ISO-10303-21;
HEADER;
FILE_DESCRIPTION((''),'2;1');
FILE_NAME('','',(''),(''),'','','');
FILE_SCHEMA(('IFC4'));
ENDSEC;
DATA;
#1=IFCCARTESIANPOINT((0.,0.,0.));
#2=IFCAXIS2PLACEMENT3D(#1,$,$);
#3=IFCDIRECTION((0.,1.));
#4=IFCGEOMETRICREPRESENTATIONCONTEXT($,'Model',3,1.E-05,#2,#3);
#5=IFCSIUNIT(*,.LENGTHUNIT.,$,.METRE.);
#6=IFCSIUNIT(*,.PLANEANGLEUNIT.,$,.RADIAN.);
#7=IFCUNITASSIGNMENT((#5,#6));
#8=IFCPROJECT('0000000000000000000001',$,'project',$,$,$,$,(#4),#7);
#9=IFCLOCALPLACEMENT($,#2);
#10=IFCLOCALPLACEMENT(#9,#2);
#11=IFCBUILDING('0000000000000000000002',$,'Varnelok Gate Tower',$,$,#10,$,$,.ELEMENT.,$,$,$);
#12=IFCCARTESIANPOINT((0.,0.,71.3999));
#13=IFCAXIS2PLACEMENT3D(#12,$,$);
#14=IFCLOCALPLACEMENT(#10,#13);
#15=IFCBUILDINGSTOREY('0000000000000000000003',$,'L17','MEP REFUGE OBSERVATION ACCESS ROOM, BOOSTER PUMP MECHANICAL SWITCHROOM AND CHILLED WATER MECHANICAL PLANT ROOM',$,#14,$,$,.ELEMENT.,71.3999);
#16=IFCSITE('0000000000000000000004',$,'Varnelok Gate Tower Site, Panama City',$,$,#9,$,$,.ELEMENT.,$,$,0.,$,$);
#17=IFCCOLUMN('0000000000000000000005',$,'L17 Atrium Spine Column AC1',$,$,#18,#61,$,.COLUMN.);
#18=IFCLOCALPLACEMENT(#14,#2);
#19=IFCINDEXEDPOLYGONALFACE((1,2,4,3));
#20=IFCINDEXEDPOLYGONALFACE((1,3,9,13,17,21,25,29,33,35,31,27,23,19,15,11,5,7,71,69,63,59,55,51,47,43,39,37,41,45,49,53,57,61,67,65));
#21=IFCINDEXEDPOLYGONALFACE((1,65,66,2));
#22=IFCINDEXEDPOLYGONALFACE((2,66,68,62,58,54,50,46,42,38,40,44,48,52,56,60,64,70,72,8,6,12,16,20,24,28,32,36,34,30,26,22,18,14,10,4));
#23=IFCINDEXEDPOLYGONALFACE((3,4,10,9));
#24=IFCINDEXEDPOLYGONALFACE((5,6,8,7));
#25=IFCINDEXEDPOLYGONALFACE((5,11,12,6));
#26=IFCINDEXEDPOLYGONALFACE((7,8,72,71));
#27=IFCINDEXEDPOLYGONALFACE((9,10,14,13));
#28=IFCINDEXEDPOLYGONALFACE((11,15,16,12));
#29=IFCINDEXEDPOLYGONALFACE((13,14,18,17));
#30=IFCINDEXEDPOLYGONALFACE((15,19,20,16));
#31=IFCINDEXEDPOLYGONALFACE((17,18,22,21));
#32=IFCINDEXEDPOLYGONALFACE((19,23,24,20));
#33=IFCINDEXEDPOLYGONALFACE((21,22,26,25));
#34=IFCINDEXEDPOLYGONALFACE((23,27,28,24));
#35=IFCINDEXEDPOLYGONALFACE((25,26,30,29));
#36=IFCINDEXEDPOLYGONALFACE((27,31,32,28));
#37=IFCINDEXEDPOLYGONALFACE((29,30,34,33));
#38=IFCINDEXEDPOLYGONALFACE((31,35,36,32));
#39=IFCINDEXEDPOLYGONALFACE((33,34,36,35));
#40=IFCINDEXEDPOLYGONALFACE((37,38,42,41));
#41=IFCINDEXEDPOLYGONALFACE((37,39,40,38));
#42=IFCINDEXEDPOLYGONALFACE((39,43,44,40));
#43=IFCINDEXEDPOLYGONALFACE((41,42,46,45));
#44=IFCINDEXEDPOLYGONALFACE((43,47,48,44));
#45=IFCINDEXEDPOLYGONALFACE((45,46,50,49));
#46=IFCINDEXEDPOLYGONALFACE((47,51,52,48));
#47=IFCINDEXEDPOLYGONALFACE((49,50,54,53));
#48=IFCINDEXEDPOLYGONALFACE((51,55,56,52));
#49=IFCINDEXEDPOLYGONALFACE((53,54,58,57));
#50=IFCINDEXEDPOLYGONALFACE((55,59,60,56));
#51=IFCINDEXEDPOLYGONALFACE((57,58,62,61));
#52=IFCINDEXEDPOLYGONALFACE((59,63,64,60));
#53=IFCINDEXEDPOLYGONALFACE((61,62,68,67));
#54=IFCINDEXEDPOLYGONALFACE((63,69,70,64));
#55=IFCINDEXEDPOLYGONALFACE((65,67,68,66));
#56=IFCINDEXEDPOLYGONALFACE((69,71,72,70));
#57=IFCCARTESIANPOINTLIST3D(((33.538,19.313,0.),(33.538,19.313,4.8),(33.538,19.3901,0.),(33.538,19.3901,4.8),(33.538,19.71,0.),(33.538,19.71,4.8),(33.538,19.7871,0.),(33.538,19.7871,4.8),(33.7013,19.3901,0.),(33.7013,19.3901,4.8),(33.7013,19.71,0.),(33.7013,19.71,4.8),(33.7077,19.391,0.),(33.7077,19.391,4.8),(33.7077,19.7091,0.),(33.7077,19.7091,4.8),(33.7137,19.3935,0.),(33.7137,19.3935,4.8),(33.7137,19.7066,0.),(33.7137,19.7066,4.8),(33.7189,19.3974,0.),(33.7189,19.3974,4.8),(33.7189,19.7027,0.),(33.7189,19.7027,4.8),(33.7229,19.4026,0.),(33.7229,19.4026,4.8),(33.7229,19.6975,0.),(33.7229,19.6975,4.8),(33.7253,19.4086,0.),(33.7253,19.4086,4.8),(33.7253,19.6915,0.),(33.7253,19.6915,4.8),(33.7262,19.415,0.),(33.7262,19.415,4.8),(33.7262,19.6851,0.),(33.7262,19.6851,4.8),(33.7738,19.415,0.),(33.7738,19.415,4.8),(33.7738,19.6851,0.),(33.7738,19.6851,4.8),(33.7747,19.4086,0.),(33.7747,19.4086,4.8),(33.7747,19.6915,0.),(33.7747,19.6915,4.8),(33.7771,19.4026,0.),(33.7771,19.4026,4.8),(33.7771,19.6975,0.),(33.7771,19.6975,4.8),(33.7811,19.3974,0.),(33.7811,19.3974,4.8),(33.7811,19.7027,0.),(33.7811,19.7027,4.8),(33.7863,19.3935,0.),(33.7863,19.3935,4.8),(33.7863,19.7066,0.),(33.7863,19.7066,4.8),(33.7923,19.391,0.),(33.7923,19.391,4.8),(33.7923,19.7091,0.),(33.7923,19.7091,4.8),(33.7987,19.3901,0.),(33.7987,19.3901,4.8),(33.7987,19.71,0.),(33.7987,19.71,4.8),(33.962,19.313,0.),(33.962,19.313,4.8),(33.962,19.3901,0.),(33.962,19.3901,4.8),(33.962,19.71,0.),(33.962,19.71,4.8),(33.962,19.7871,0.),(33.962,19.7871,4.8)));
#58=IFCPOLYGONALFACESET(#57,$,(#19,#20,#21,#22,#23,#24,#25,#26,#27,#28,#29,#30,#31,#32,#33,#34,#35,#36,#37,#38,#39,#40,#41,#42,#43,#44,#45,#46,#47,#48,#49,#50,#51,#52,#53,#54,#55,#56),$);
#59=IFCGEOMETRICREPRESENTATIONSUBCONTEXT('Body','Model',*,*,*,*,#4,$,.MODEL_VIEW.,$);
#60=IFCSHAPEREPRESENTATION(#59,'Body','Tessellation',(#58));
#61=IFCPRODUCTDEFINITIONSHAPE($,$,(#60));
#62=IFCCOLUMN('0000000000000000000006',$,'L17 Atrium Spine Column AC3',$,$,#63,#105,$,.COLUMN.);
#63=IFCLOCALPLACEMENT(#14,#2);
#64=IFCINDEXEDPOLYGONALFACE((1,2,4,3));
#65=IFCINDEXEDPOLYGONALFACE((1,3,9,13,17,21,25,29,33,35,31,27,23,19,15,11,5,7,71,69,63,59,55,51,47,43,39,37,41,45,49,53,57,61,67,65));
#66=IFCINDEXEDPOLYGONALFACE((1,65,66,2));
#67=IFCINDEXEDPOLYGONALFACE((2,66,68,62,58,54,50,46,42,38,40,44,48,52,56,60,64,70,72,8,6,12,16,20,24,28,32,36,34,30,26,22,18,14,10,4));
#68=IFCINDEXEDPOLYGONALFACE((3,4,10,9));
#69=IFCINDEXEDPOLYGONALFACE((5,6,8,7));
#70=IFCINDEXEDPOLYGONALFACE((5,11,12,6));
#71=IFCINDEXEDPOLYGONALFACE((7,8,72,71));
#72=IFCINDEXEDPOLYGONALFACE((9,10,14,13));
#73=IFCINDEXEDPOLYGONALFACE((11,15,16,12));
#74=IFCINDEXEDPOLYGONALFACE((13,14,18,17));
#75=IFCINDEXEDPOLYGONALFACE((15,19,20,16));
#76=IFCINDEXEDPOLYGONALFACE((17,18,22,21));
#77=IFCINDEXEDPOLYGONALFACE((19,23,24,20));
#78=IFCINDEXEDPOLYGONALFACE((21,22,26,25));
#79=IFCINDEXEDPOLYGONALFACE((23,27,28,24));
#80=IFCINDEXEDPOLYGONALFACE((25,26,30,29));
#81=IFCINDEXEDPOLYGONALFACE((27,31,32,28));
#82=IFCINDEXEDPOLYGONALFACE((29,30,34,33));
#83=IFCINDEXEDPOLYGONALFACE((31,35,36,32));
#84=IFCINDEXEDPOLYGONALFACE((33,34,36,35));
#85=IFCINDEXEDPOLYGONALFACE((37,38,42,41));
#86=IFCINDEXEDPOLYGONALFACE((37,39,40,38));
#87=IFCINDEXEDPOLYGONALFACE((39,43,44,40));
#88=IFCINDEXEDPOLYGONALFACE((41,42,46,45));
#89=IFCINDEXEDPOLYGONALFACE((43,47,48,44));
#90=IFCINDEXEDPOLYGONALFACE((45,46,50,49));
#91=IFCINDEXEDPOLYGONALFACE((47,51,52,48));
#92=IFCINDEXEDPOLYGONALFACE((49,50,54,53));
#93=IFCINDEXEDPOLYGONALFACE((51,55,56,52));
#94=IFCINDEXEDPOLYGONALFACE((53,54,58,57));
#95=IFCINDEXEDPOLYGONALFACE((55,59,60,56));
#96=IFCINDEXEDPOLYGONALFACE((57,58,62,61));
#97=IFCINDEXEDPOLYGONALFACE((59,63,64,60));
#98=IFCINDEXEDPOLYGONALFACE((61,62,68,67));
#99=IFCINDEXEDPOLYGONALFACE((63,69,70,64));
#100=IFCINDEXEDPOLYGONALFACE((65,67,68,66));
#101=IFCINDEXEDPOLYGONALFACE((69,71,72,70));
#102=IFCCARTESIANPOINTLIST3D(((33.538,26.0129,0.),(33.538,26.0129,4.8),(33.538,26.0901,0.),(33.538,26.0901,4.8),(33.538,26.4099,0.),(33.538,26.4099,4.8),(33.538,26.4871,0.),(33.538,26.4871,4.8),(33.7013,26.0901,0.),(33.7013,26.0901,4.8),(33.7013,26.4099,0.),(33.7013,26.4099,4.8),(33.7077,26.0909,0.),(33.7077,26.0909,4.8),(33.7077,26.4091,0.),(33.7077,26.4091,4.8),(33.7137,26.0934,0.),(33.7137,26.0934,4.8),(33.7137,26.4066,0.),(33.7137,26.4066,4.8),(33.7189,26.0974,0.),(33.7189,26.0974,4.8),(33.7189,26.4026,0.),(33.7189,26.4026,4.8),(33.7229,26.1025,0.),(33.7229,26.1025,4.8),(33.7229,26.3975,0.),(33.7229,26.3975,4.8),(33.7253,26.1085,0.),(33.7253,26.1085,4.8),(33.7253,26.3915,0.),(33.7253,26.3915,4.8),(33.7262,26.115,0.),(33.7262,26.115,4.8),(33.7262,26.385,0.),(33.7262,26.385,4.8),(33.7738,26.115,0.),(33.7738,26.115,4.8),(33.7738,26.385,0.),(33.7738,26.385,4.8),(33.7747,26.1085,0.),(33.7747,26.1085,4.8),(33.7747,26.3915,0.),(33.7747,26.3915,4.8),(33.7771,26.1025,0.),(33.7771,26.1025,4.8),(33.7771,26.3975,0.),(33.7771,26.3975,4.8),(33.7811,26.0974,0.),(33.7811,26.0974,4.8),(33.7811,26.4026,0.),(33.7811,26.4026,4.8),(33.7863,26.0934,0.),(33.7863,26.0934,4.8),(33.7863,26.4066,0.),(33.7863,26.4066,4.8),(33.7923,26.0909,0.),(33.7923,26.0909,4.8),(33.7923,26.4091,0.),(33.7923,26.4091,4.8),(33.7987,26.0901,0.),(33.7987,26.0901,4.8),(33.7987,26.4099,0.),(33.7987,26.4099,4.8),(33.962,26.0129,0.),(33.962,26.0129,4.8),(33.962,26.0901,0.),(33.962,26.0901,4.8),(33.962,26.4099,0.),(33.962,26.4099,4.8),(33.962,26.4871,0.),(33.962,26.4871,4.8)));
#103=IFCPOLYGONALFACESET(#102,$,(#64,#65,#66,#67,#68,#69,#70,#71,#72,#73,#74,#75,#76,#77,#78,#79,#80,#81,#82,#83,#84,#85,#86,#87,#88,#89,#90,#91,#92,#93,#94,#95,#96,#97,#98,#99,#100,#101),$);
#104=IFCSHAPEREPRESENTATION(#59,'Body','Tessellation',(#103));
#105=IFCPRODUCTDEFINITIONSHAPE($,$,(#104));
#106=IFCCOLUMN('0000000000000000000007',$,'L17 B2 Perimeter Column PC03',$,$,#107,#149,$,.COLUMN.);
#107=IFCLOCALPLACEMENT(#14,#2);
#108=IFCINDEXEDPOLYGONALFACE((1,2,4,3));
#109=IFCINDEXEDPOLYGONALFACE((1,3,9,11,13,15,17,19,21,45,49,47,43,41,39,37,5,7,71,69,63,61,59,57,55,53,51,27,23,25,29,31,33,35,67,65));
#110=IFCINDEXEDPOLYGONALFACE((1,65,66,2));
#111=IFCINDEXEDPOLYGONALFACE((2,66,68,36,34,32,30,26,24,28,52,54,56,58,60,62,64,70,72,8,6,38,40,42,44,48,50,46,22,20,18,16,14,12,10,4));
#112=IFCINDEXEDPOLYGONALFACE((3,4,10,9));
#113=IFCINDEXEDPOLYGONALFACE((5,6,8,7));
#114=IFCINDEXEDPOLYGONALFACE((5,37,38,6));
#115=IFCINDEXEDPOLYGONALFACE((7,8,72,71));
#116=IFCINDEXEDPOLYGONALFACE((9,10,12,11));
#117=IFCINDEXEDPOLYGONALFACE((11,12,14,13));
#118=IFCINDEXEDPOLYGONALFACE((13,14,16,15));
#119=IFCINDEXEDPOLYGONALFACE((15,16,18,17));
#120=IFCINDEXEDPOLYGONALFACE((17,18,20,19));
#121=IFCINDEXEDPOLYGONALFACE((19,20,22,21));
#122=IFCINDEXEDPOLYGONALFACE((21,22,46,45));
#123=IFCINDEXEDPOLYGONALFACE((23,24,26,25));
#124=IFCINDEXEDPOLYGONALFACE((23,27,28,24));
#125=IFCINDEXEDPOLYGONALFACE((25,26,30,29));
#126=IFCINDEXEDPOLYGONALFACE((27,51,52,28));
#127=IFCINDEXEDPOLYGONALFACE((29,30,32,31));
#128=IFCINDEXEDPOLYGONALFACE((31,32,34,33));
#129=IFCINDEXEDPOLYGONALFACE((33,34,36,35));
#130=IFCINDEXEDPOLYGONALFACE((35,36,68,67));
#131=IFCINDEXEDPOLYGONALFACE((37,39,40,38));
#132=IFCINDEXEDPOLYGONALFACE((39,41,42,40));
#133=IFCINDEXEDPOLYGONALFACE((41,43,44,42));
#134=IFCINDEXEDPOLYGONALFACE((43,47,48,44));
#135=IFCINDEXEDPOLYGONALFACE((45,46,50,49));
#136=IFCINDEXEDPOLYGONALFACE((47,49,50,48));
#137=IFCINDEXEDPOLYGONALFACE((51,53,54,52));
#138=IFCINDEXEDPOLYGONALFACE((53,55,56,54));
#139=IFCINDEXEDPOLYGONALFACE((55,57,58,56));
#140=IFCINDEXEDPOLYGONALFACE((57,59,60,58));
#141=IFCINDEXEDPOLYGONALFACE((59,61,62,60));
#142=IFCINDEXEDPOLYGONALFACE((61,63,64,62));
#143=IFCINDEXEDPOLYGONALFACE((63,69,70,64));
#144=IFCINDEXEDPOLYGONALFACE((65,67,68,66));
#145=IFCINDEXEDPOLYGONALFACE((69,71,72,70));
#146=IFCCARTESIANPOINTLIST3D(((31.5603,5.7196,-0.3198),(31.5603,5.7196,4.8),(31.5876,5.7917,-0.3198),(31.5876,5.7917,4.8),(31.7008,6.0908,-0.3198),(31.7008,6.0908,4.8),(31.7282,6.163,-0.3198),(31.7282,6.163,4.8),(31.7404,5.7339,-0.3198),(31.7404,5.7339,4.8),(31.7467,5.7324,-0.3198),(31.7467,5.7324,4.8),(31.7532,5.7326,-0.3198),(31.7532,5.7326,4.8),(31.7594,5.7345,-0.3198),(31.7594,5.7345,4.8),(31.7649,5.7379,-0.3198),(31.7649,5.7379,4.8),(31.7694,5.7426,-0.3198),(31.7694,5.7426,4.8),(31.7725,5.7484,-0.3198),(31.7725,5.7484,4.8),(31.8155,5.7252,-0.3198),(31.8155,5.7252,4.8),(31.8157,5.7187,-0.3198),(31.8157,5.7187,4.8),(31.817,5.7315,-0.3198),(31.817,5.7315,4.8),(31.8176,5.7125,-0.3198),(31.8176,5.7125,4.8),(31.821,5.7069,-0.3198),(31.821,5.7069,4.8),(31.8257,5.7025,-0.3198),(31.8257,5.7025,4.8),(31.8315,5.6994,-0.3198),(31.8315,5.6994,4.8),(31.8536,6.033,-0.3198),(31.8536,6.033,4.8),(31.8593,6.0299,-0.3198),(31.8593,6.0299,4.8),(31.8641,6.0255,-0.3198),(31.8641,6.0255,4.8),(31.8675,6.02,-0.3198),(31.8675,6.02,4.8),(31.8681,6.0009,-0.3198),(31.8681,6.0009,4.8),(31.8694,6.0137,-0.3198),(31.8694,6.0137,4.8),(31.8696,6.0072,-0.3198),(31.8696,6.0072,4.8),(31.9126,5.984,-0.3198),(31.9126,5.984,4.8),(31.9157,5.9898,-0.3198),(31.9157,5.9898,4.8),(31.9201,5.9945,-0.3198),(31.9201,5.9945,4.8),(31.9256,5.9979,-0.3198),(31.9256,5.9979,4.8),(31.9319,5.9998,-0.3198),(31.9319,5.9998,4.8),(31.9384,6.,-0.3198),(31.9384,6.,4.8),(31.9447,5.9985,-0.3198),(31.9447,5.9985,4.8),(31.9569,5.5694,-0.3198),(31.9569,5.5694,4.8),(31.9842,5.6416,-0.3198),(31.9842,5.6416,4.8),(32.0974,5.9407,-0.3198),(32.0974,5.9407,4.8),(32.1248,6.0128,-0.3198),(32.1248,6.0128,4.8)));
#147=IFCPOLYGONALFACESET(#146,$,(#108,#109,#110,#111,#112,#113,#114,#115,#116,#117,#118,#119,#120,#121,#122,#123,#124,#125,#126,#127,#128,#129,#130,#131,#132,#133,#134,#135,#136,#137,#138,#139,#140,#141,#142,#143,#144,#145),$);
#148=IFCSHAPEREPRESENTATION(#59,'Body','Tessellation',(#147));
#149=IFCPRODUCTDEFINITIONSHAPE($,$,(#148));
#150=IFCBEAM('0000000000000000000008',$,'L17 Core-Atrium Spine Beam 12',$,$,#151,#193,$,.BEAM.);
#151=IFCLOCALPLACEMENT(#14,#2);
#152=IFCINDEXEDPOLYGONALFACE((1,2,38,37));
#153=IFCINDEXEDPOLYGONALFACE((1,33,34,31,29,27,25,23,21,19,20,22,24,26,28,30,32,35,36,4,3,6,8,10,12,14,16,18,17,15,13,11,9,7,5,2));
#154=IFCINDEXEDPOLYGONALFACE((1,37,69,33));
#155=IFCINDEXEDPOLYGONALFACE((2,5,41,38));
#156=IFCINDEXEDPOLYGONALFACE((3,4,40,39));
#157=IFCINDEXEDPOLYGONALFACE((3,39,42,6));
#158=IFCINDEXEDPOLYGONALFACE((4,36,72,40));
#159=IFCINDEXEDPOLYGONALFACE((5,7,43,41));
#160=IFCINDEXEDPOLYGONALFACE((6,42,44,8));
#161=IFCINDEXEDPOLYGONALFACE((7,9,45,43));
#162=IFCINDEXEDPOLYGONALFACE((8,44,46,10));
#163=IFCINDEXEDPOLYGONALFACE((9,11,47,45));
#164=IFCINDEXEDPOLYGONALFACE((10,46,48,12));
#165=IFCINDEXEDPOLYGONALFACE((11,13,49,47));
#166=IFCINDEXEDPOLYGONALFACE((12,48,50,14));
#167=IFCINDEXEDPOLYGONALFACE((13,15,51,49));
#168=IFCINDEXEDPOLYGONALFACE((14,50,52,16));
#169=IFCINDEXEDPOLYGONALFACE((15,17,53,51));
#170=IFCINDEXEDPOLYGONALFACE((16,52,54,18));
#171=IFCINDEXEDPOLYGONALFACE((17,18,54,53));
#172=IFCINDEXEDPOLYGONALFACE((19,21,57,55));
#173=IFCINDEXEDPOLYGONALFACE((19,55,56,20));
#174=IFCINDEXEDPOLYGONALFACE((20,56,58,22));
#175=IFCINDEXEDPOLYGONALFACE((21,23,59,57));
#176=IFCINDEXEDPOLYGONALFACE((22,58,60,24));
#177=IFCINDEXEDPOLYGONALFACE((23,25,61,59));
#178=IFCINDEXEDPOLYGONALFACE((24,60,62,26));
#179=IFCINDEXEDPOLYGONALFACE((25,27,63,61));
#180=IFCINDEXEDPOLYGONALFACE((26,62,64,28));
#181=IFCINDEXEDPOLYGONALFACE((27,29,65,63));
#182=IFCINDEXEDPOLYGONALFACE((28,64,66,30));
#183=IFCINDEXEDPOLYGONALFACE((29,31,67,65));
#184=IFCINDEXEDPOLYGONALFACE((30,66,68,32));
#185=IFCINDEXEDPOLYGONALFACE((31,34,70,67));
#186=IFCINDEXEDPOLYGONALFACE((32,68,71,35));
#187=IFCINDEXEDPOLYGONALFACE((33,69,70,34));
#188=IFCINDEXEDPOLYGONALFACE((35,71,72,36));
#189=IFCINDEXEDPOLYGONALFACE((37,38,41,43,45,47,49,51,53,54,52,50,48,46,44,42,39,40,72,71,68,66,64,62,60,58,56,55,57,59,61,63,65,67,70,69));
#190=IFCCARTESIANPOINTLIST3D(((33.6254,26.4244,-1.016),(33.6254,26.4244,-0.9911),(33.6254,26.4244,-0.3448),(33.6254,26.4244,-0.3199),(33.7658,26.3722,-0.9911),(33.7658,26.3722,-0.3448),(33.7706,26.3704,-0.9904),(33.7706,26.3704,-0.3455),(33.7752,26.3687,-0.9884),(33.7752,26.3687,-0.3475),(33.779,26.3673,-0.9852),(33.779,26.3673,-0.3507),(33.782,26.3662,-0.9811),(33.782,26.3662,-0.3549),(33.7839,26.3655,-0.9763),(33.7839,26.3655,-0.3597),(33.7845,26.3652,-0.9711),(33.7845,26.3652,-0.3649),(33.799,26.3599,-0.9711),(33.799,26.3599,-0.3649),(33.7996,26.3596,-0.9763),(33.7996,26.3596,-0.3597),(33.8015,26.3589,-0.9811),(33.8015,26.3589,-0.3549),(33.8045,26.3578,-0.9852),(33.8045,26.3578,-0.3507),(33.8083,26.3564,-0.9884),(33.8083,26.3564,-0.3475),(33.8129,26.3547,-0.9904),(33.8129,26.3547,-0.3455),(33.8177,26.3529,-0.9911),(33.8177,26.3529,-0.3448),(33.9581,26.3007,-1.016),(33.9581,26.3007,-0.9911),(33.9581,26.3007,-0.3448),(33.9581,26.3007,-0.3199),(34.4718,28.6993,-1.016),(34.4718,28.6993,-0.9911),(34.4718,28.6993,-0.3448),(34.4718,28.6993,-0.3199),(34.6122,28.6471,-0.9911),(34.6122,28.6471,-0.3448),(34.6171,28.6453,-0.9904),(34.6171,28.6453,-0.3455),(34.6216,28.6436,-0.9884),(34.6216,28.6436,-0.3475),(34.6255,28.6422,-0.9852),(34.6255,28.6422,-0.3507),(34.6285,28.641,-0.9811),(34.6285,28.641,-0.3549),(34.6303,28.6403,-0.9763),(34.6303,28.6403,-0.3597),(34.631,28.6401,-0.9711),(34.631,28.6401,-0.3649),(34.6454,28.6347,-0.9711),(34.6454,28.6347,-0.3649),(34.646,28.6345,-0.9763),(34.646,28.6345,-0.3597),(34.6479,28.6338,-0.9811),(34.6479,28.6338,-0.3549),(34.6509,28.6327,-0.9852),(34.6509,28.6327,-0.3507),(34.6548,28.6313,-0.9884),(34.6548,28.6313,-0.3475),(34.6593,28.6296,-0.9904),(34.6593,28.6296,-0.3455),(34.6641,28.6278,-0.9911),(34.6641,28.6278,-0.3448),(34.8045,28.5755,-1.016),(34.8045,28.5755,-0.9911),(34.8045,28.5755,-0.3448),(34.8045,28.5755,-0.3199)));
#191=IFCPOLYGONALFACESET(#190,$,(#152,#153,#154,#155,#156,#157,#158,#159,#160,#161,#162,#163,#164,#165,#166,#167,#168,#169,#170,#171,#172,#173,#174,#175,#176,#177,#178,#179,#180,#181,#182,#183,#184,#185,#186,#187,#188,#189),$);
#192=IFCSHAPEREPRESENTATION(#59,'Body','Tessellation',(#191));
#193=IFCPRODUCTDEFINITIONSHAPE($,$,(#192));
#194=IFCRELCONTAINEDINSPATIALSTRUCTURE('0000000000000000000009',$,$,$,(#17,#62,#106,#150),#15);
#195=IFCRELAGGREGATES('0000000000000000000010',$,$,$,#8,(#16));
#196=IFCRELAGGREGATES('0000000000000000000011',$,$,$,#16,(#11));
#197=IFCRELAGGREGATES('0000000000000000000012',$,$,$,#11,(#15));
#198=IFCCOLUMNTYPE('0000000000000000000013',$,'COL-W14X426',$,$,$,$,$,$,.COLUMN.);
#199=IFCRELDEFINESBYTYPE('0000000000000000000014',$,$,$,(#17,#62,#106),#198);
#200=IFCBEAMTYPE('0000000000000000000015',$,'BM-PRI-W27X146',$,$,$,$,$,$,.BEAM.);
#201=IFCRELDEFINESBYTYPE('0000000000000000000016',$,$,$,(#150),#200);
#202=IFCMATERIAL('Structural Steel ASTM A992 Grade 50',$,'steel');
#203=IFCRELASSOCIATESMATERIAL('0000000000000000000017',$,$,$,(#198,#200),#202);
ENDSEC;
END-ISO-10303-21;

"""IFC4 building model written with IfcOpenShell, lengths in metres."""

from ifc_helpers import new_model, si_unit, direction, frame, origin, origin_2d, place, context, subcontext, project, spatial, i_section, extrude, material, material_profile, profile_set, type_object, element, save


model = new_model("IFC4")

# Units and contexts
model_context = context("Model", 3, precision=1e-05, world=origin(), true_north=direction((0.0, 1.0)))
body_context = subcontext(model_context, "Body", "Model", "MODEL_VIEW")
ifc_project = project(units=[si_unit("LENGTHUNIT", "METRE"), si_unit("PLANEANGLEUNIT", "RADIAN")], contexts=[model_context])

# Site, building, storey
site_placement = place(None, origin())
site = spatial("IfcSite", under=ifc_project, at=site_placement, Name="Varnelok Gate Tower Site, Panama City", CompositionType="ELEMENT", RefElevation=0.0)
building_placement = place(site_placement, origin())
building = spatial("IfcBuilding", under=site, at=building_placement, Name="Varnelok Gate Tower", CompositionType="ELEMENT")
storey_placement = place(building_placement, frame((0.0, 0.0, 71.3999)))
storey = spatial("IfcBuildingStorey", under=building, at=storey_placement, Name="L17", Description="MEP REFUGE OBSERVATION ACCESS ROOM, BOOSTER PUMP MECHANICAL SWITCHROOM AND CHILLED WATER MECHANICAL PLANT ROOM", CompositionType="ELEMENT", Elevation=71.3999)

# Columns
ifc_material_1 = material(Name="Structural Steel ASTM A992 Grade 50", Category="steel")
ifc_material_profile_1 = material_profile(ifc_material_1, i_section(OverallWidth=0.4241, OverallDepth=0.4741, WebThickness=0.0476, FlangeThickness=0.0771, FilletRadius=0.0249, at=origin_2d()), Name="W14X426")
ifc_profile_set_1 = profile_set([ifc_material_profile_1], Name="Structural Steel ASTM A992 Grade 50")
column_type = type_object("IfcColumnType", Name="COL-W14X426", PredefinedType="COLUMN", material=ifc_profile_set_1)
for number, where, z_axis, x_axis, name in (
    (1, (33.75, 19.55, 0.0), (0.0, 0.0, 1.0), (1.0, 0.0, 0.0), "L17 Atrium Spine Column AC1"),
    (2, (33.75, 26.25, 0.0), (0.0, 0.0, 1.0), (1.0, 0.0, 0.0), "L17 Atrium Spine Column AC3"),
):
    element("IfcColumn", number, at=place(storey_placement, frame(where, z_axis=z_axis, x_axis=x_axis)), inside=storey, type_object=column_type, Name=name, PredefinedType="COLUMN", context=body_context, shape_type="SweptSolid", body=[
        extrude(i_section(OverallWidth=0.4241, OverallDepth=0.4741, WebThickness=0.0476, FlangeThickness=0.0771, FilletRadius=0.0249, at=origin_2d()), origin(), (0.0, 0.0, 1.0), 4.8),
    ])
column_placement = place(storey_placement, frame((31.8425, 5.8662, -0.3198), z_axis=(0.0, 0.0, 1.0), x_axis=(0.935222, -0.354063, 0.0)))
element("IfcColumn", 3, at=column_placement, inside=storey, type_object=column_type, Name="L17 B2 Perimeter Column PC03", PredefinedType="COLUMN", context=body_context, shape_type="SweptSolid", body=[
    extrude(i_section(OverallWidth=0.4241, OverallDepth=0.4741, WebThickness=0.0476, FlangeThickness=0.0771, FilletRadius=0.0249, at=origin_2d()), origin(), (0.0, 0.0, 1.0), 5.1199),
])

# Beam
ifc_material_profile_2 = material_profile(ifc_material_1, i_section(OverallWidth=0.355, OverallDepth=0.696, WebThickness=0.0154, FlangeThickness=0.0249, FilletRadius=0.02, at=origin_2d()), Name="W27X146")
ifc_profile_set_2 = profile_set([ifc_material_profile_2], Name="Structural Steel ASTM A992 Grade 50")
beam_type_1 = type_object("IfcBeamType", Name="BM-PRI-W27X146", PredefinedType="BEAM", material=ifc_profile_set_2)
beam_1_placement = place(storey_placement, frame((33.7917, 26.3625, -0.668), z_axis=(0.348719, 0.937227, 0.0), x_axis=(-0.937227, 0.348719, 0.0)))
element("IfcBeam", 4, at=beam_1_placement, inside=storey, type_object=beam_type_1, Name="L17 Core-Atrium Spine Beam 12", PredefinedType="BEAM", context=body_context, shape_type="SweptSolid", body=[
    extrude(i_section(OverallWidth=0.355, OverallDepth=0.696, WebThickness=0.0154, FlangeThickness=0.0249, FilletRadius=0.02, at=origin_2d()), origin(), (0.0, 0.0, 1.0), 2.4272),
])

save(model, "model.ifc")
